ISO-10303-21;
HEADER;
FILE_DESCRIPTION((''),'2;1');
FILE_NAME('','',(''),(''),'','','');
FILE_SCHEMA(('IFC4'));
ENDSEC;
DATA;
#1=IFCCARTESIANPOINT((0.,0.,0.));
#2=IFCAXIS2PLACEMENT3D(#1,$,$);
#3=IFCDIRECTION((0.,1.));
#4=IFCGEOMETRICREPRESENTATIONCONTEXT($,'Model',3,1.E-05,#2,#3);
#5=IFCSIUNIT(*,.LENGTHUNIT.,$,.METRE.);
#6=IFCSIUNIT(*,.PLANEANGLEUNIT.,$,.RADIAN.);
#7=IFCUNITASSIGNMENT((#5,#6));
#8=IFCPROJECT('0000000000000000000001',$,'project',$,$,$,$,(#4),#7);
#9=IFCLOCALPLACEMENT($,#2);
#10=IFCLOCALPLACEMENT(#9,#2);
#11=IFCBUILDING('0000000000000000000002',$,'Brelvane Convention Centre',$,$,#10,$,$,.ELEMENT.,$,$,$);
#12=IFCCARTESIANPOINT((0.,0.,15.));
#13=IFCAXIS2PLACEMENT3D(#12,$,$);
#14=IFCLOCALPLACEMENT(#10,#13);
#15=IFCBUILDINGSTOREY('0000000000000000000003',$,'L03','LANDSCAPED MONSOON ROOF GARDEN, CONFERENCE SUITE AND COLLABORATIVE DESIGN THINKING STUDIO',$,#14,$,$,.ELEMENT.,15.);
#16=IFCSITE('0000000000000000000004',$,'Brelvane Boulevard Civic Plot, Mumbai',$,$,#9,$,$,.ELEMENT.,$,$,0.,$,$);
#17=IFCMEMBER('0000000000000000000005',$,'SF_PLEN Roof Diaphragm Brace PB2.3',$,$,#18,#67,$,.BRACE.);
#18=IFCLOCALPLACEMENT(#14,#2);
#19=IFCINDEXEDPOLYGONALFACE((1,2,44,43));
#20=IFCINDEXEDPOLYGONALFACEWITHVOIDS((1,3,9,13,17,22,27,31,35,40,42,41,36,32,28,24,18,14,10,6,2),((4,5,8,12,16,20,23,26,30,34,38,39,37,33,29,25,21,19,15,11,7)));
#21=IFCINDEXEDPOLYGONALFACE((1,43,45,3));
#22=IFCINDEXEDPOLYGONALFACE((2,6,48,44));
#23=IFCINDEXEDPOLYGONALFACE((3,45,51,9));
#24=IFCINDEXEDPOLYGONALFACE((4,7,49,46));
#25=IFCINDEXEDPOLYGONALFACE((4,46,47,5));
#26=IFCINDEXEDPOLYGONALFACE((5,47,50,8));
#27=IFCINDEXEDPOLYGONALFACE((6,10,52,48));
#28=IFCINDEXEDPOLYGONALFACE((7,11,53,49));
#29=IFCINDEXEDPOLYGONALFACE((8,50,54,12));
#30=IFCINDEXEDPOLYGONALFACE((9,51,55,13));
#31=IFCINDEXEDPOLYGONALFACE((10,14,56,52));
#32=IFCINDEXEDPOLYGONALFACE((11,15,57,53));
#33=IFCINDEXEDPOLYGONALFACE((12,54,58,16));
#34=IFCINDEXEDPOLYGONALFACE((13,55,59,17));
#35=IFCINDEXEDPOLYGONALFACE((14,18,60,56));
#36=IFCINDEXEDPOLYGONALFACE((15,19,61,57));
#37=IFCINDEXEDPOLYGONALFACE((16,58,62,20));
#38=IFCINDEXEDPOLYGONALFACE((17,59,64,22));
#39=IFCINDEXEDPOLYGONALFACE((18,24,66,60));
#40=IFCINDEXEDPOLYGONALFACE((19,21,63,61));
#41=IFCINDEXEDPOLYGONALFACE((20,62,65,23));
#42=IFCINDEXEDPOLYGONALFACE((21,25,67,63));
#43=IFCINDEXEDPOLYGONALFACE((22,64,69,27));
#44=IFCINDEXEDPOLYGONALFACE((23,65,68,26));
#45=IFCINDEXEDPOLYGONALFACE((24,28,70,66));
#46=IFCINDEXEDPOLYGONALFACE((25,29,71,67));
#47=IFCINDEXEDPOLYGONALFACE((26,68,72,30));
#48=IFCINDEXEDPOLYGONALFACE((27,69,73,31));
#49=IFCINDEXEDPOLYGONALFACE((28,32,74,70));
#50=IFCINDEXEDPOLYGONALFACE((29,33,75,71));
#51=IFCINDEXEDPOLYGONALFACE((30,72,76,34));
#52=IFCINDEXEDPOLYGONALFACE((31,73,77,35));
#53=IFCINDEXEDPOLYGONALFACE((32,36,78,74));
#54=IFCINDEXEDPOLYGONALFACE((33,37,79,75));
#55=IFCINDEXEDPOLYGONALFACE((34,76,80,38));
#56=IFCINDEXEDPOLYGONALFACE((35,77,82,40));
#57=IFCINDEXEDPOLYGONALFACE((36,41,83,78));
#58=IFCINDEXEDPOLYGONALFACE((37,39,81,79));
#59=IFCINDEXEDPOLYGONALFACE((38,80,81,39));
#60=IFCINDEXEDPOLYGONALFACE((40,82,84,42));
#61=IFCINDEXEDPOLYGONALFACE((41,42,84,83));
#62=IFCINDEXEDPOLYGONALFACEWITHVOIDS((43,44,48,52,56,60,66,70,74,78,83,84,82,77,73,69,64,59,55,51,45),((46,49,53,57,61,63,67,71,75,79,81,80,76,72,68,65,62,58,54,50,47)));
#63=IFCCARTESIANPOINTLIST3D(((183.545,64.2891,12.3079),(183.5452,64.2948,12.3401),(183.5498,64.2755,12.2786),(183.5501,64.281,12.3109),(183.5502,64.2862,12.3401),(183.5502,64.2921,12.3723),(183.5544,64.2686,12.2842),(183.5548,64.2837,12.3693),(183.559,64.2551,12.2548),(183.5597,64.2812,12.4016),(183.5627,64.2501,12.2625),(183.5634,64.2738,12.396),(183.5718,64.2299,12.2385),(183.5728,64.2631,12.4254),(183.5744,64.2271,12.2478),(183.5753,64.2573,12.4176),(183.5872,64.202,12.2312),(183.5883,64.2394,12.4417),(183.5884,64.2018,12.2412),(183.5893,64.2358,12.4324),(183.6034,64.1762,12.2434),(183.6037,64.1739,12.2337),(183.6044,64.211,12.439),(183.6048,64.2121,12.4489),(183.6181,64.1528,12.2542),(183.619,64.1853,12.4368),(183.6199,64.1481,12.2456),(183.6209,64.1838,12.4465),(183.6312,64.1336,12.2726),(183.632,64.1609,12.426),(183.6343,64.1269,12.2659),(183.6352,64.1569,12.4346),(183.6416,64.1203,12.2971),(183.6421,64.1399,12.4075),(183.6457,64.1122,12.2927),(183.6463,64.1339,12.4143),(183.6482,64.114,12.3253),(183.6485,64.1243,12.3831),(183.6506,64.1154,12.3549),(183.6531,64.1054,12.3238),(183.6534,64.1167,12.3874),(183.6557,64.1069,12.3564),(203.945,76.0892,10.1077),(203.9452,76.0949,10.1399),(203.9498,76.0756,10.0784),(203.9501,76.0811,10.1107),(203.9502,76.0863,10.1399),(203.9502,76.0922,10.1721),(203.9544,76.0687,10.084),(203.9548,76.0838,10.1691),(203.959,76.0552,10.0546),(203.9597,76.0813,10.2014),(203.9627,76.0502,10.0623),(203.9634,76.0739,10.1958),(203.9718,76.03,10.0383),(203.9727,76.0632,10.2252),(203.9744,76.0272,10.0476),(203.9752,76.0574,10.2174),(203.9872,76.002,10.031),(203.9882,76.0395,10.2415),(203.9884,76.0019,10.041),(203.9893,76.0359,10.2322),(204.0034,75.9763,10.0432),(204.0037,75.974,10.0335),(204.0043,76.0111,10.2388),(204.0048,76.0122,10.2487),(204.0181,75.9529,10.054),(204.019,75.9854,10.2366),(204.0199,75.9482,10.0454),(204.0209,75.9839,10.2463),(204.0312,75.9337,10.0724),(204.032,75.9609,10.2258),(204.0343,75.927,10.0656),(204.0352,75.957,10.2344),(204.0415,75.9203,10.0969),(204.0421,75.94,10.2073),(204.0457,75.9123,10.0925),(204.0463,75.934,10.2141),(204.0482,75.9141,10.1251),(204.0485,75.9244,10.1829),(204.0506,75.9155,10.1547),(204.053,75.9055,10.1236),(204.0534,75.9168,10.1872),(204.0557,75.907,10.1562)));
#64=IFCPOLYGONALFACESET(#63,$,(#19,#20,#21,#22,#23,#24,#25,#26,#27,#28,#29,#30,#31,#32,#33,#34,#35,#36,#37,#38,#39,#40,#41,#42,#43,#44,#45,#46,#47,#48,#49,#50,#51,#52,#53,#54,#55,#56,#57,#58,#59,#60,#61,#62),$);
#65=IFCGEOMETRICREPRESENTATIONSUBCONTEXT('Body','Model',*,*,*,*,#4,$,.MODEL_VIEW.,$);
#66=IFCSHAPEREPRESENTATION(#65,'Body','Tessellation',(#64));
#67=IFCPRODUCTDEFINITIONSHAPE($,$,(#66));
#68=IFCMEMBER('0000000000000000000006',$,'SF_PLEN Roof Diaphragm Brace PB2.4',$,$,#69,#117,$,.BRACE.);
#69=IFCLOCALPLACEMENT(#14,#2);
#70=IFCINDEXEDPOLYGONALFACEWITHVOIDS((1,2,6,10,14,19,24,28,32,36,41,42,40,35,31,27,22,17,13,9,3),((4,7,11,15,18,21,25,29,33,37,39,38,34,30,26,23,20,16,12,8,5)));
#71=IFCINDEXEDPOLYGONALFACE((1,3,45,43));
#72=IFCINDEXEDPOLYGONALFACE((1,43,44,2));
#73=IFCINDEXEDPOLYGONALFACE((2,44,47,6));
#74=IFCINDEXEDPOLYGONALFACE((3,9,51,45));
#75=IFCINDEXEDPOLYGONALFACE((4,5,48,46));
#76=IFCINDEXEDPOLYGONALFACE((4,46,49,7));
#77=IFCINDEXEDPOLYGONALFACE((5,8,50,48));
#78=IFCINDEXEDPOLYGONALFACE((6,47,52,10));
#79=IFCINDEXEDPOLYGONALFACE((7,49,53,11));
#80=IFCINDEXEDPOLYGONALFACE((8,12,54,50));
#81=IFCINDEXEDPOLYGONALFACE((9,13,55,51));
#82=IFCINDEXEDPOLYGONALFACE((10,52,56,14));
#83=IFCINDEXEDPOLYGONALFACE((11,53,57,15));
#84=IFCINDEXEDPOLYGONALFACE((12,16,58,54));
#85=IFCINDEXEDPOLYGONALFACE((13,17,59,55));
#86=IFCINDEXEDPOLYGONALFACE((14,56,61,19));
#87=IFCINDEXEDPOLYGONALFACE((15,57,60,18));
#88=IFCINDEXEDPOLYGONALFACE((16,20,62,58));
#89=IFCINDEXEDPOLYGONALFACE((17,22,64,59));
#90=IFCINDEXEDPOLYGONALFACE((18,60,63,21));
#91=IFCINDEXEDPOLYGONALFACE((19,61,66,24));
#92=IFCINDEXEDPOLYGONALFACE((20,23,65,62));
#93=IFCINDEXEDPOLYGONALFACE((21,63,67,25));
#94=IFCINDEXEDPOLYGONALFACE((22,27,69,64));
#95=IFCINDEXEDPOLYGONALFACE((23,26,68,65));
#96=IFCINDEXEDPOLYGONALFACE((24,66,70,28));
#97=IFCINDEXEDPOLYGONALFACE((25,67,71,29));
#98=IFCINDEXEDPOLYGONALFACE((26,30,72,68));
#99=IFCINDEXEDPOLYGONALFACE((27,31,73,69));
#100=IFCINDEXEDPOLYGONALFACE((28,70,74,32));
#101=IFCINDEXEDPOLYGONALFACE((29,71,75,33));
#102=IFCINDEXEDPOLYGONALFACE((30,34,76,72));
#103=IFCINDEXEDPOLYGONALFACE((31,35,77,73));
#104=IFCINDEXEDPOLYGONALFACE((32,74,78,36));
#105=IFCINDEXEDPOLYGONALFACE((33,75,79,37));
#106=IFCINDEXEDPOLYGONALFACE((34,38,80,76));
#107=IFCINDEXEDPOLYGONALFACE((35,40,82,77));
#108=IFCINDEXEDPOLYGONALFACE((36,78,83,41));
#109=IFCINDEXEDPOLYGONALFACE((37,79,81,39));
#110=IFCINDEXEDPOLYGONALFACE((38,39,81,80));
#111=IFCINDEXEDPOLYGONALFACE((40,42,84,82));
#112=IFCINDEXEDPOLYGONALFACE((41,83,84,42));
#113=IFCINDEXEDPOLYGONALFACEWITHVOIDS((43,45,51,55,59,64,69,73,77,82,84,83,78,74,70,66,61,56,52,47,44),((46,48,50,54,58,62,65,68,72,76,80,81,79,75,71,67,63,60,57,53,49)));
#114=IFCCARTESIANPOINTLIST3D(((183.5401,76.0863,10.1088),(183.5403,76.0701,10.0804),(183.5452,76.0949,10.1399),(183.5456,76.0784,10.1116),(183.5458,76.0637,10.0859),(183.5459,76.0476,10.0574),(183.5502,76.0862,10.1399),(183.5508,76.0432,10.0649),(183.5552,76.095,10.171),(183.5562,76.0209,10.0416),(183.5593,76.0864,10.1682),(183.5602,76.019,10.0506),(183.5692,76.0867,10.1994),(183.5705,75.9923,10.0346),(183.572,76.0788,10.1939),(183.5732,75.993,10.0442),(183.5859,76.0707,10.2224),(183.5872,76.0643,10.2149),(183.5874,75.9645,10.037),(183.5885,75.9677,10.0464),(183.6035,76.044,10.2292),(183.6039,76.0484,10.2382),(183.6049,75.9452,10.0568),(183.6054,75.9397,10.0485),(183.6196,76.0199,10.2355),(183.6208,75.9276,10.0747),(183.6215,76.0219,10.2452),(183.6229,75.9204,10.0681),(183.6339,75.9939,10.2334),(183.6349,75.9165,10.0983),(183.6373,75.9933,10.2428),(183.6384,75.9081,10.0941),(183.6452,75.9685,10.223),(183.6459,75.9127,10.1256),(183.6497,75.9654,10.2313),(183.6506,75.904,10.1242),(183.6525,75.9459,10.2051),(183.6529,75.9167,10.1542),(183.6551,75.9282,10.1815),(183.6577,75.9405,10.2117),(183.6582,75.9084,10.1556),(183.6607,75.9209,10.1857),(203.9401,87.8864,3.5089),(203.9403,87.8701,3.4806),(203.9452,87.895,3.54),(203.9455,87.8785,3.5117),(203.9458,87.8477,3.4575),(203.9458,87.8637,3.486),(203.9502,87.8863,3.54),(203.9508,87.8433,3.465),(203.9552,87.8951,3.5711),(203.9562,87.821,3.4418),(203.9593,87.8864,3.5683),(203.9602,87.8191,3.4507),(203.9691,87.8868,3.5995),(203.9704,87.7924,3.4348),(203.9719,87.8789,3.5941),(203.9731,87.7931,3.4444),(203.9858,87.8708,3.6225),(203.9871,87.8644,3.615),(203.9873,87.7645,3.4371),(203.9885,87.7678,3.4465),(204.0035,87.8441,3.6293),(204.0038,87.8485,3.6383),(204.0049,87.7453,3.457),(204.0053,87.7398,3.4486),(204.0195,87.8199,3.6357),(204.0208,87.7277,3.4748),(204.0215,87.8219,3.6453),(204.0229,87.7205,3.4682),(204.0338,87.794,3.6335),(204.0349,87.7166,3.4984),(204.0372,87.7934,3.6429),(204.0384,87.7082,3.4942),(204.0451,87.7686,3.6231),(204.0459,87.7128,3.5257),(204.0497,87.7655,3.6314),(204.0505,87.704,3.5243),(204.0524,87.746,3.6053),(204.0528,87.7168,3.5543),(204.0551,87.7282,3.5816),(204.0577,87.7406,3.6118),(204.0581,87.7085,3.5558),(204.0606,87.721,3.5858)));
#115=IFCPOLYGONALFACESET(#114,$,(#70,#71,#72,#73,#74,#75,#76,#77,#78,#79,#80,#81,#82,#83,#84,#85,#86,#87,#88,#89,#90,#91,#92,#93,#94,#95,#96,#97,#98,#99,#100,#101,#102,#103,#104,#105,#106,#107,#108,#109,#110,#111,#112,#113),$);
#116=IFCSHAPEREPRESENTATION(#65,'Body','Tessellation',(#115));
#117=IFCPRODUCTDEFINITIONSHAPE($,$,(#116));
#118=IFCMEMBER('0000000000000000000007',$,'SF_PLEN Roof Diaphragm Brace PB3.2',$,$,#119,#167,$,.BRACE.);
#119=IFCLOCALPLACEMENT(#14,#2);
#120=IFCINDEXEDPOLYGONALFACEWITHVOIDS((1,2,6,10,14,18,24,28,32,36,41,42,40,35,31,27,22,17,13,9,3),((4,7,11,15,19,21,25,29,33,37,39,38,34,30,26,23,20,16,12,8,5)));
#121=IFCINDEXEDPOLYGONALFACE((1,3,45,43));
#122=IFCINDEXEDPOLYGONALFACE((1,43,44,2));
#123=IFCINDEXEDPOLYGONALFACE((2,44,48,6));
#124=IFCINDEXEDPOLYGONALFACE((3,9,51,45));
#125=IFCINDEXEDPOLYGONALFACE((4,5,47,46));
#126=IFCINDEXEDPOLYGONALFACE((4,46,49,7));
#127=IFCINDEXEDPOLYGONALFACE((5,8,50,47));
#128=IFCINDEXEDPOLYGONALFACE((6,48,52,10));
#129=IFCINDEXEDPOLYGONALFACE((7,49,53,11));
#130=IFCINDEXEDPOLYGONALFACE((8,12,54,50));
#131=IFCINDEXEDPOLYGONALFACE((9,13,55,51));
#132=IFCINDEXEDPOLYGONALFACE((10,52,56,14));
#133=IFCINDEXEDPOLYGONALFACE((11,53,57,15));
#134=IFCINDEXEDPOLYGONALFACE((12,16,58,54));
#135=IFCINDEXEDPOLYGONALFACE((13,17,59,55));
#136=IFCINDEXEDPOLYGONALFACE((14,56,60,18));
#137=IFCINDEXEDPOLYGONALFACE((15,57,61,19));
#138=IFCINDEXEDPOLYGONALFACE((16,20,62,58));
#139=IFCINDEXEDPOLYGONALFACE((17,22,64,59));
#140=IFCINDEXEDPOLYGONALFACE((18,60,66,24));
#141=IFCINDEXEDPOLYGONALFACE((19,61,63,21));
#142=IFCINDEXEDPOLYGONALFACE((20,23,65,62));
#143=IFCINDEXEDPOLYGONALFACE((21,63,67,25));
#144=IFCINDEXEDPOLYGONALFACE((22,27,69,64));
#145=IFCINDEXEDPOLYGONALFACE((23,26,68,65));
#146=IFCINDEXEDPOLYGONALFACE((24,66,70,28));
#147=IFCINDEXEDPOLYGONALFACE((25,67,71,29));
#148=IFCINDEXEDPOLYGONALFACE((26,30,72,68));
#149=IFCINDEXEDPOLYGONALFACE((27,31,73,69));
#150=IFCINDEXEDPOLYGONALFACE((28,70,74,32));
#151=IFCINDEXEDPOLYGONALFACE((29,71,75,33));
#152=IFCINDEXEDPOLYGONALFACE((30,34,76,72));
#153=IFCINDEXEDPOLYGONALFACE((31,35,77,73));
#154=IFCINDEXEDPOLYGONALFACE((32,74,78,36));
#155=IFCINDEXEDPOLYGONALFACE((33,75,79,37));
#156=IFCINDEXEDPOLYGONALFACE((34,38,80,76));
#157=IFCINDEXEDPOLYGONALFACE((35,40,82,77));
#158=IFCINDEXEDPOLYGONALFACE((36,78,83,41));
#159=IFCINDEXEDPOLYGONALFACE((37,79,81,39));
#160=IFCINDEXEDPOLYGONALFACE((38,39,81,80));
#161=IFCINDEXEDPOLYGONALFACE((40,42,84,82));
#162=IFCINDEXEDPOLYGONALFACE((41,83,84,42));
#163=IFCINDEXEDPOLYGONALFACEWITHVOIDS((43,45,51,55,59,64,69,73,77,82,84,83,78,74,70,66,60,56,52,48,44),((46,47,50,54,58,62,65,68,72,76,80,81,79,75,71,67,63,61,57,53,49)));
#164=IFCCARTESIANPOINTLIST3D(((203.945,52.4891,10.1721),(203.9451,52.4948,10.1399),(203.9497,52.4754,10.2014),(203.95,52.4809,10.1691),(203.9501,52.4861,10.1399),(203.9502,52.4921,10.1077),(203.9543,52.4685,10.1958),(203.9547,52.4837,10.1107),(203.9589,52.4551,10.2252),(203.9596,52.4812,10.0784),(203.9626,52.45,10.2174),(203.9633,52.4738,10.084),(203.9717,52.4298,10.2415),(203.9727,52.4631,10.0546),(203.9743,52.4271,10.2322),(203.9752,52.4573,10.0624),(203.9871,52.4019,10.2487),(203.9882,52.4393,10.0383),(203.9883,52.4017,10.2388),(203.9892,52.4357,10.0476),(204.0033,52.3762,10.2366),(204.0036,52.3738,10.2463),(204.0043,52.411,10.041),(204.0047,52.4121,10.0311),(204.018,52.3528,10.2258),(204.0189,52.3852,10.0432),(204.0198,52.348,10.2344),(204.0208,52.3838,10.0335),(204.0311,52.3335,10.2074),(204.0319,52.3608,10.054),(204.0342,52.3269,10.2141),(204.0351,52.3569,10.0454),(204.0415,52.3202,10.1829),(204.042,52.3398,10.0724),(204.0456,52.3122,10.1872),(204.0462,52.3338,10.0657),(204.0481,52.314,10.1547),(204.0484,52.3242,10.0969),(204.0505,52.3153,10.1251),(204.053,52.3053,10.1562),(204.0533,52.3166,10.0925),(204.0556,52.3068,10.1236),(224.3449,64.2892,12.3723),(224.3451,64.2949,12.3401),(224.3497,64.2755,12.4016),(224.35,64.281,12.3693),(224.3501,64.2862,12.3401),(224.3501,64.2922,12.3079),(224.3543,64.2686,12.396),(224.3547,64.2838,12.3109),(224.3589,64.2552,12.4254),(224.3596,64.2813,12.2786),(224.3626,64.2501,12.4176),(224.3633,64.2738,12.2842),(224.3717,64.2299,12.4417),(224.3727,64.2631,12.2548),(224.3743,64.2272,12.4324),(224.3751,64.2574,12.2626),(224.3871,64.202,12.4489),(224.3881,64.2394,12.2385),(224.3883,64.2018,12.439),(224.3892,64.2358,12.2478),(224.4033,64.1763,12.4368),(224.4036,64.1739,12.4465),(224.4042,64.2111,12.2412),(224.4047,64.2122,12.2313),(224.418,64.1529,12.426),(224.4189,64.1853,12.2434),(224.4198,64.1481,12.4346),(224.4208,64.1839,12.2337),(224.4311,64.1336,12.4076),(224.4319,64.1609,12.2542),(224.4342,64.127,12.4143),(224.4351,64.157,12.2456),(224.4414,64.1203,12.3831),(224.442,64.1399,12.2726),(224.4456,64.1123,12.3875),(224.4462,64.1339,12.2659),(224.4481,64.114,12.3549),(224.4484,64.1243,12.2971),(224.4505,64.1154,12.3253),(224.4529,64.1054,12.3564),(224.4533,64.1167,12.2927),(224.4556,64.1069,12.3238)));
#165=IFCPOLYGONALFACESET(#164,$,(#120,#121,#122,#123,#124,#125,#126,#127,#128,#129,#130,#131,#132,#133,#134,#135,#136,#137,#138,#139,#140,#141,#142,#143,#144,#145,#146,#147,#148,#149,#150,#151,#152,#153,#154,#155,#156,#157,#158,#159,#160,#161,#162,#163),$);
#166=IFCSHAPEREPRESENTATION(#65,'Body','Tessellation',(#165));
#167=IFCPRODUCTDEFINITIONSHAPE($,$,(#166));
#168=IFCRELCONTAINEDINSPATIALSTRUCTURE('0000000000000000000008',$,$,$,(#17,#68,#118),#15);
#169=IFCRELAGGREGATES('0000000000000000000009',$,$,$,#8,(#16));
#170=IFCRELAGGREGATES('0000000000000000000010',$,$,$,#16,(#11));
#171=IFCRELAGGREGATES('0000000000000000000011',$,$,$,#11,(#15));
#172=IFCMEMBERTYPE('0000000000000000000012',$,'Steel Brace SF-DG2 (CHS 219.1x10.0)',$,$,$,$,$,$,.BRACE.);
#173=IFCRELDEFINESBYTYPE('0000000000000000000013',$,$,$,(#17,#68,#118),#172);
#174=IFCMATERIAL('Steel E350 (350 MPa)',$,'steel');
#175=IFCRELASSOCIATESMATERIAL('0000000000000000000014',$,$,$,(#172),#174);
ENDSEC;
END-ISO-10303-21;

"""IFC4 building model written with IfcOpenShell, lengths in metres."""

from ifc_helpers import new_model, si_unit, direction, frame, origin, origin_2d, place, context, subcontext, project, spatial, hollow_circle, extrude, material, material_profile, profile_set, type_object, element, save


model = new_model("IFC4")

# Units and contexts
model_context = context("Model", 3, precision=1e-05, world=origin(), true_north=direction((0.0, 1.0)))
body_context = subcontext(model_context, "Body", "Model", "MODEL_VIEW")
ifc_project = project(units=[si_unit("LENGTHUNIT", "METRE"), si_unit("PLANEANGLEUNIT", "RADIAN")], contexts=[model_context])

# Site, building, storey
site_placement = place(None, origin())
site = spatial("IfcSite", under=ifc_project, at=site_placement, Name="Brelvane Boulevard Civic Plot, Mumbai", CompositionType="ELEMENT", RefElevation=0.0)
building_placement = place(site_placement, origin())
building = spatial("IfcBuilding", under=site, at=building_placement, Name="Brelvane Convention Centre", CompositionType="ELEMENT")
storey_placement = place(building_placement, frame((0.0, 0.0, 15.0)))
storey = spatial("IfcBuildingStorey", under=building, at=storey_placement, Name="L03", Description="LANDSCAPED MONSOON ROOF GARDEN, CONFERENCE SUITE AND COLLABORATIVE DESIGN THINKING STUDIO", CompositionType="ELEMENT", Elevation=15.0)

# Members
ifc_material_1 = material(Name="Steel E350 (350 MPa)", Category="steel")
ifc_material_profile_1 = material_profile(ifc_material_1, hollow_circle(Radius=0.1096, WallThickness=0.01, at=origin_2d()), Name="CHS 219.1x10.0")
ifc_profile_set_1 = profile_set([ifc_material_profile_1], Name="Steel E350 (350 MPa)")
member_type_1 = type_object("IfcMemberType", Name="Steel Brace SF-DG2 (CHS 219.1x10.0)", PredefinedType="BRACE", material=ifc_profile_set_1)
member_1_placement = place(storey_placement, frame((183.6001, 64.2, 12.3401), z_axis=(0.86187, 0.498537, -0.092955), x_axis=(-0.500705, 0.865618, 0.0)))
element("IfcMember", 1, at=member_1_placement, inside=storey, type_object=member_type_1, Name="SF_PLEN Roof Diaphragm Brace PB2.3", PredefinedType="BRACE", context=body_context, shape_type="SweptSolid", body=[
    extrude(hollow_circle(Radius=0.1096, WallThickness=0.01, at=origin_2d()), origin(), (0.0, 0.0, 1.0), 23.6694),
])
member_2_placement = place(storey_placement, frame((183.6001, 76.0, 10.1399), z_axis=(0.833549, 0.482155, -0.269673), x_axis=(-0.500705, 0.865618, 0.0)))
element("IfcMember", 2, at=member_2_placement, inside=storey, type_object=member_type_1, Name="SF_PLEN Roof Diaphragm Brace PB2.4", PredefinedType="BRACE", context=body_context, shape_type="SweptSolid", body=[
    extrude(hollow_circle(Radius=0.1096, WallThickness=0.01, at=origin_2d()), origin(), (0.0, 0.0, 1.0), 24.4736),
])
member_3_placement = place(storey_placement, frame((204.0, 52.3999, 10.1399), z_axis=(0.86187, 0.498537, 0.092955), x_axis=(-0.500705, 0.865618, 0.0)))
element("IfcMember", 3, at=member_3_placement, inside=storey, type_object=member_type_1, Name="SF_PLEN Roof Diaphragm Brace PB3.2", PredefinedType="BRACE", context=body_context, shape_type="SweptSolid", body=[
    extrude(hollow_circle(Radius=0.1096, WallThickness=0.01, at=origin_2d()), origin(), (0.0, 0.0, 1.0), 23.6694),
])

save(model, "model.ifc")
